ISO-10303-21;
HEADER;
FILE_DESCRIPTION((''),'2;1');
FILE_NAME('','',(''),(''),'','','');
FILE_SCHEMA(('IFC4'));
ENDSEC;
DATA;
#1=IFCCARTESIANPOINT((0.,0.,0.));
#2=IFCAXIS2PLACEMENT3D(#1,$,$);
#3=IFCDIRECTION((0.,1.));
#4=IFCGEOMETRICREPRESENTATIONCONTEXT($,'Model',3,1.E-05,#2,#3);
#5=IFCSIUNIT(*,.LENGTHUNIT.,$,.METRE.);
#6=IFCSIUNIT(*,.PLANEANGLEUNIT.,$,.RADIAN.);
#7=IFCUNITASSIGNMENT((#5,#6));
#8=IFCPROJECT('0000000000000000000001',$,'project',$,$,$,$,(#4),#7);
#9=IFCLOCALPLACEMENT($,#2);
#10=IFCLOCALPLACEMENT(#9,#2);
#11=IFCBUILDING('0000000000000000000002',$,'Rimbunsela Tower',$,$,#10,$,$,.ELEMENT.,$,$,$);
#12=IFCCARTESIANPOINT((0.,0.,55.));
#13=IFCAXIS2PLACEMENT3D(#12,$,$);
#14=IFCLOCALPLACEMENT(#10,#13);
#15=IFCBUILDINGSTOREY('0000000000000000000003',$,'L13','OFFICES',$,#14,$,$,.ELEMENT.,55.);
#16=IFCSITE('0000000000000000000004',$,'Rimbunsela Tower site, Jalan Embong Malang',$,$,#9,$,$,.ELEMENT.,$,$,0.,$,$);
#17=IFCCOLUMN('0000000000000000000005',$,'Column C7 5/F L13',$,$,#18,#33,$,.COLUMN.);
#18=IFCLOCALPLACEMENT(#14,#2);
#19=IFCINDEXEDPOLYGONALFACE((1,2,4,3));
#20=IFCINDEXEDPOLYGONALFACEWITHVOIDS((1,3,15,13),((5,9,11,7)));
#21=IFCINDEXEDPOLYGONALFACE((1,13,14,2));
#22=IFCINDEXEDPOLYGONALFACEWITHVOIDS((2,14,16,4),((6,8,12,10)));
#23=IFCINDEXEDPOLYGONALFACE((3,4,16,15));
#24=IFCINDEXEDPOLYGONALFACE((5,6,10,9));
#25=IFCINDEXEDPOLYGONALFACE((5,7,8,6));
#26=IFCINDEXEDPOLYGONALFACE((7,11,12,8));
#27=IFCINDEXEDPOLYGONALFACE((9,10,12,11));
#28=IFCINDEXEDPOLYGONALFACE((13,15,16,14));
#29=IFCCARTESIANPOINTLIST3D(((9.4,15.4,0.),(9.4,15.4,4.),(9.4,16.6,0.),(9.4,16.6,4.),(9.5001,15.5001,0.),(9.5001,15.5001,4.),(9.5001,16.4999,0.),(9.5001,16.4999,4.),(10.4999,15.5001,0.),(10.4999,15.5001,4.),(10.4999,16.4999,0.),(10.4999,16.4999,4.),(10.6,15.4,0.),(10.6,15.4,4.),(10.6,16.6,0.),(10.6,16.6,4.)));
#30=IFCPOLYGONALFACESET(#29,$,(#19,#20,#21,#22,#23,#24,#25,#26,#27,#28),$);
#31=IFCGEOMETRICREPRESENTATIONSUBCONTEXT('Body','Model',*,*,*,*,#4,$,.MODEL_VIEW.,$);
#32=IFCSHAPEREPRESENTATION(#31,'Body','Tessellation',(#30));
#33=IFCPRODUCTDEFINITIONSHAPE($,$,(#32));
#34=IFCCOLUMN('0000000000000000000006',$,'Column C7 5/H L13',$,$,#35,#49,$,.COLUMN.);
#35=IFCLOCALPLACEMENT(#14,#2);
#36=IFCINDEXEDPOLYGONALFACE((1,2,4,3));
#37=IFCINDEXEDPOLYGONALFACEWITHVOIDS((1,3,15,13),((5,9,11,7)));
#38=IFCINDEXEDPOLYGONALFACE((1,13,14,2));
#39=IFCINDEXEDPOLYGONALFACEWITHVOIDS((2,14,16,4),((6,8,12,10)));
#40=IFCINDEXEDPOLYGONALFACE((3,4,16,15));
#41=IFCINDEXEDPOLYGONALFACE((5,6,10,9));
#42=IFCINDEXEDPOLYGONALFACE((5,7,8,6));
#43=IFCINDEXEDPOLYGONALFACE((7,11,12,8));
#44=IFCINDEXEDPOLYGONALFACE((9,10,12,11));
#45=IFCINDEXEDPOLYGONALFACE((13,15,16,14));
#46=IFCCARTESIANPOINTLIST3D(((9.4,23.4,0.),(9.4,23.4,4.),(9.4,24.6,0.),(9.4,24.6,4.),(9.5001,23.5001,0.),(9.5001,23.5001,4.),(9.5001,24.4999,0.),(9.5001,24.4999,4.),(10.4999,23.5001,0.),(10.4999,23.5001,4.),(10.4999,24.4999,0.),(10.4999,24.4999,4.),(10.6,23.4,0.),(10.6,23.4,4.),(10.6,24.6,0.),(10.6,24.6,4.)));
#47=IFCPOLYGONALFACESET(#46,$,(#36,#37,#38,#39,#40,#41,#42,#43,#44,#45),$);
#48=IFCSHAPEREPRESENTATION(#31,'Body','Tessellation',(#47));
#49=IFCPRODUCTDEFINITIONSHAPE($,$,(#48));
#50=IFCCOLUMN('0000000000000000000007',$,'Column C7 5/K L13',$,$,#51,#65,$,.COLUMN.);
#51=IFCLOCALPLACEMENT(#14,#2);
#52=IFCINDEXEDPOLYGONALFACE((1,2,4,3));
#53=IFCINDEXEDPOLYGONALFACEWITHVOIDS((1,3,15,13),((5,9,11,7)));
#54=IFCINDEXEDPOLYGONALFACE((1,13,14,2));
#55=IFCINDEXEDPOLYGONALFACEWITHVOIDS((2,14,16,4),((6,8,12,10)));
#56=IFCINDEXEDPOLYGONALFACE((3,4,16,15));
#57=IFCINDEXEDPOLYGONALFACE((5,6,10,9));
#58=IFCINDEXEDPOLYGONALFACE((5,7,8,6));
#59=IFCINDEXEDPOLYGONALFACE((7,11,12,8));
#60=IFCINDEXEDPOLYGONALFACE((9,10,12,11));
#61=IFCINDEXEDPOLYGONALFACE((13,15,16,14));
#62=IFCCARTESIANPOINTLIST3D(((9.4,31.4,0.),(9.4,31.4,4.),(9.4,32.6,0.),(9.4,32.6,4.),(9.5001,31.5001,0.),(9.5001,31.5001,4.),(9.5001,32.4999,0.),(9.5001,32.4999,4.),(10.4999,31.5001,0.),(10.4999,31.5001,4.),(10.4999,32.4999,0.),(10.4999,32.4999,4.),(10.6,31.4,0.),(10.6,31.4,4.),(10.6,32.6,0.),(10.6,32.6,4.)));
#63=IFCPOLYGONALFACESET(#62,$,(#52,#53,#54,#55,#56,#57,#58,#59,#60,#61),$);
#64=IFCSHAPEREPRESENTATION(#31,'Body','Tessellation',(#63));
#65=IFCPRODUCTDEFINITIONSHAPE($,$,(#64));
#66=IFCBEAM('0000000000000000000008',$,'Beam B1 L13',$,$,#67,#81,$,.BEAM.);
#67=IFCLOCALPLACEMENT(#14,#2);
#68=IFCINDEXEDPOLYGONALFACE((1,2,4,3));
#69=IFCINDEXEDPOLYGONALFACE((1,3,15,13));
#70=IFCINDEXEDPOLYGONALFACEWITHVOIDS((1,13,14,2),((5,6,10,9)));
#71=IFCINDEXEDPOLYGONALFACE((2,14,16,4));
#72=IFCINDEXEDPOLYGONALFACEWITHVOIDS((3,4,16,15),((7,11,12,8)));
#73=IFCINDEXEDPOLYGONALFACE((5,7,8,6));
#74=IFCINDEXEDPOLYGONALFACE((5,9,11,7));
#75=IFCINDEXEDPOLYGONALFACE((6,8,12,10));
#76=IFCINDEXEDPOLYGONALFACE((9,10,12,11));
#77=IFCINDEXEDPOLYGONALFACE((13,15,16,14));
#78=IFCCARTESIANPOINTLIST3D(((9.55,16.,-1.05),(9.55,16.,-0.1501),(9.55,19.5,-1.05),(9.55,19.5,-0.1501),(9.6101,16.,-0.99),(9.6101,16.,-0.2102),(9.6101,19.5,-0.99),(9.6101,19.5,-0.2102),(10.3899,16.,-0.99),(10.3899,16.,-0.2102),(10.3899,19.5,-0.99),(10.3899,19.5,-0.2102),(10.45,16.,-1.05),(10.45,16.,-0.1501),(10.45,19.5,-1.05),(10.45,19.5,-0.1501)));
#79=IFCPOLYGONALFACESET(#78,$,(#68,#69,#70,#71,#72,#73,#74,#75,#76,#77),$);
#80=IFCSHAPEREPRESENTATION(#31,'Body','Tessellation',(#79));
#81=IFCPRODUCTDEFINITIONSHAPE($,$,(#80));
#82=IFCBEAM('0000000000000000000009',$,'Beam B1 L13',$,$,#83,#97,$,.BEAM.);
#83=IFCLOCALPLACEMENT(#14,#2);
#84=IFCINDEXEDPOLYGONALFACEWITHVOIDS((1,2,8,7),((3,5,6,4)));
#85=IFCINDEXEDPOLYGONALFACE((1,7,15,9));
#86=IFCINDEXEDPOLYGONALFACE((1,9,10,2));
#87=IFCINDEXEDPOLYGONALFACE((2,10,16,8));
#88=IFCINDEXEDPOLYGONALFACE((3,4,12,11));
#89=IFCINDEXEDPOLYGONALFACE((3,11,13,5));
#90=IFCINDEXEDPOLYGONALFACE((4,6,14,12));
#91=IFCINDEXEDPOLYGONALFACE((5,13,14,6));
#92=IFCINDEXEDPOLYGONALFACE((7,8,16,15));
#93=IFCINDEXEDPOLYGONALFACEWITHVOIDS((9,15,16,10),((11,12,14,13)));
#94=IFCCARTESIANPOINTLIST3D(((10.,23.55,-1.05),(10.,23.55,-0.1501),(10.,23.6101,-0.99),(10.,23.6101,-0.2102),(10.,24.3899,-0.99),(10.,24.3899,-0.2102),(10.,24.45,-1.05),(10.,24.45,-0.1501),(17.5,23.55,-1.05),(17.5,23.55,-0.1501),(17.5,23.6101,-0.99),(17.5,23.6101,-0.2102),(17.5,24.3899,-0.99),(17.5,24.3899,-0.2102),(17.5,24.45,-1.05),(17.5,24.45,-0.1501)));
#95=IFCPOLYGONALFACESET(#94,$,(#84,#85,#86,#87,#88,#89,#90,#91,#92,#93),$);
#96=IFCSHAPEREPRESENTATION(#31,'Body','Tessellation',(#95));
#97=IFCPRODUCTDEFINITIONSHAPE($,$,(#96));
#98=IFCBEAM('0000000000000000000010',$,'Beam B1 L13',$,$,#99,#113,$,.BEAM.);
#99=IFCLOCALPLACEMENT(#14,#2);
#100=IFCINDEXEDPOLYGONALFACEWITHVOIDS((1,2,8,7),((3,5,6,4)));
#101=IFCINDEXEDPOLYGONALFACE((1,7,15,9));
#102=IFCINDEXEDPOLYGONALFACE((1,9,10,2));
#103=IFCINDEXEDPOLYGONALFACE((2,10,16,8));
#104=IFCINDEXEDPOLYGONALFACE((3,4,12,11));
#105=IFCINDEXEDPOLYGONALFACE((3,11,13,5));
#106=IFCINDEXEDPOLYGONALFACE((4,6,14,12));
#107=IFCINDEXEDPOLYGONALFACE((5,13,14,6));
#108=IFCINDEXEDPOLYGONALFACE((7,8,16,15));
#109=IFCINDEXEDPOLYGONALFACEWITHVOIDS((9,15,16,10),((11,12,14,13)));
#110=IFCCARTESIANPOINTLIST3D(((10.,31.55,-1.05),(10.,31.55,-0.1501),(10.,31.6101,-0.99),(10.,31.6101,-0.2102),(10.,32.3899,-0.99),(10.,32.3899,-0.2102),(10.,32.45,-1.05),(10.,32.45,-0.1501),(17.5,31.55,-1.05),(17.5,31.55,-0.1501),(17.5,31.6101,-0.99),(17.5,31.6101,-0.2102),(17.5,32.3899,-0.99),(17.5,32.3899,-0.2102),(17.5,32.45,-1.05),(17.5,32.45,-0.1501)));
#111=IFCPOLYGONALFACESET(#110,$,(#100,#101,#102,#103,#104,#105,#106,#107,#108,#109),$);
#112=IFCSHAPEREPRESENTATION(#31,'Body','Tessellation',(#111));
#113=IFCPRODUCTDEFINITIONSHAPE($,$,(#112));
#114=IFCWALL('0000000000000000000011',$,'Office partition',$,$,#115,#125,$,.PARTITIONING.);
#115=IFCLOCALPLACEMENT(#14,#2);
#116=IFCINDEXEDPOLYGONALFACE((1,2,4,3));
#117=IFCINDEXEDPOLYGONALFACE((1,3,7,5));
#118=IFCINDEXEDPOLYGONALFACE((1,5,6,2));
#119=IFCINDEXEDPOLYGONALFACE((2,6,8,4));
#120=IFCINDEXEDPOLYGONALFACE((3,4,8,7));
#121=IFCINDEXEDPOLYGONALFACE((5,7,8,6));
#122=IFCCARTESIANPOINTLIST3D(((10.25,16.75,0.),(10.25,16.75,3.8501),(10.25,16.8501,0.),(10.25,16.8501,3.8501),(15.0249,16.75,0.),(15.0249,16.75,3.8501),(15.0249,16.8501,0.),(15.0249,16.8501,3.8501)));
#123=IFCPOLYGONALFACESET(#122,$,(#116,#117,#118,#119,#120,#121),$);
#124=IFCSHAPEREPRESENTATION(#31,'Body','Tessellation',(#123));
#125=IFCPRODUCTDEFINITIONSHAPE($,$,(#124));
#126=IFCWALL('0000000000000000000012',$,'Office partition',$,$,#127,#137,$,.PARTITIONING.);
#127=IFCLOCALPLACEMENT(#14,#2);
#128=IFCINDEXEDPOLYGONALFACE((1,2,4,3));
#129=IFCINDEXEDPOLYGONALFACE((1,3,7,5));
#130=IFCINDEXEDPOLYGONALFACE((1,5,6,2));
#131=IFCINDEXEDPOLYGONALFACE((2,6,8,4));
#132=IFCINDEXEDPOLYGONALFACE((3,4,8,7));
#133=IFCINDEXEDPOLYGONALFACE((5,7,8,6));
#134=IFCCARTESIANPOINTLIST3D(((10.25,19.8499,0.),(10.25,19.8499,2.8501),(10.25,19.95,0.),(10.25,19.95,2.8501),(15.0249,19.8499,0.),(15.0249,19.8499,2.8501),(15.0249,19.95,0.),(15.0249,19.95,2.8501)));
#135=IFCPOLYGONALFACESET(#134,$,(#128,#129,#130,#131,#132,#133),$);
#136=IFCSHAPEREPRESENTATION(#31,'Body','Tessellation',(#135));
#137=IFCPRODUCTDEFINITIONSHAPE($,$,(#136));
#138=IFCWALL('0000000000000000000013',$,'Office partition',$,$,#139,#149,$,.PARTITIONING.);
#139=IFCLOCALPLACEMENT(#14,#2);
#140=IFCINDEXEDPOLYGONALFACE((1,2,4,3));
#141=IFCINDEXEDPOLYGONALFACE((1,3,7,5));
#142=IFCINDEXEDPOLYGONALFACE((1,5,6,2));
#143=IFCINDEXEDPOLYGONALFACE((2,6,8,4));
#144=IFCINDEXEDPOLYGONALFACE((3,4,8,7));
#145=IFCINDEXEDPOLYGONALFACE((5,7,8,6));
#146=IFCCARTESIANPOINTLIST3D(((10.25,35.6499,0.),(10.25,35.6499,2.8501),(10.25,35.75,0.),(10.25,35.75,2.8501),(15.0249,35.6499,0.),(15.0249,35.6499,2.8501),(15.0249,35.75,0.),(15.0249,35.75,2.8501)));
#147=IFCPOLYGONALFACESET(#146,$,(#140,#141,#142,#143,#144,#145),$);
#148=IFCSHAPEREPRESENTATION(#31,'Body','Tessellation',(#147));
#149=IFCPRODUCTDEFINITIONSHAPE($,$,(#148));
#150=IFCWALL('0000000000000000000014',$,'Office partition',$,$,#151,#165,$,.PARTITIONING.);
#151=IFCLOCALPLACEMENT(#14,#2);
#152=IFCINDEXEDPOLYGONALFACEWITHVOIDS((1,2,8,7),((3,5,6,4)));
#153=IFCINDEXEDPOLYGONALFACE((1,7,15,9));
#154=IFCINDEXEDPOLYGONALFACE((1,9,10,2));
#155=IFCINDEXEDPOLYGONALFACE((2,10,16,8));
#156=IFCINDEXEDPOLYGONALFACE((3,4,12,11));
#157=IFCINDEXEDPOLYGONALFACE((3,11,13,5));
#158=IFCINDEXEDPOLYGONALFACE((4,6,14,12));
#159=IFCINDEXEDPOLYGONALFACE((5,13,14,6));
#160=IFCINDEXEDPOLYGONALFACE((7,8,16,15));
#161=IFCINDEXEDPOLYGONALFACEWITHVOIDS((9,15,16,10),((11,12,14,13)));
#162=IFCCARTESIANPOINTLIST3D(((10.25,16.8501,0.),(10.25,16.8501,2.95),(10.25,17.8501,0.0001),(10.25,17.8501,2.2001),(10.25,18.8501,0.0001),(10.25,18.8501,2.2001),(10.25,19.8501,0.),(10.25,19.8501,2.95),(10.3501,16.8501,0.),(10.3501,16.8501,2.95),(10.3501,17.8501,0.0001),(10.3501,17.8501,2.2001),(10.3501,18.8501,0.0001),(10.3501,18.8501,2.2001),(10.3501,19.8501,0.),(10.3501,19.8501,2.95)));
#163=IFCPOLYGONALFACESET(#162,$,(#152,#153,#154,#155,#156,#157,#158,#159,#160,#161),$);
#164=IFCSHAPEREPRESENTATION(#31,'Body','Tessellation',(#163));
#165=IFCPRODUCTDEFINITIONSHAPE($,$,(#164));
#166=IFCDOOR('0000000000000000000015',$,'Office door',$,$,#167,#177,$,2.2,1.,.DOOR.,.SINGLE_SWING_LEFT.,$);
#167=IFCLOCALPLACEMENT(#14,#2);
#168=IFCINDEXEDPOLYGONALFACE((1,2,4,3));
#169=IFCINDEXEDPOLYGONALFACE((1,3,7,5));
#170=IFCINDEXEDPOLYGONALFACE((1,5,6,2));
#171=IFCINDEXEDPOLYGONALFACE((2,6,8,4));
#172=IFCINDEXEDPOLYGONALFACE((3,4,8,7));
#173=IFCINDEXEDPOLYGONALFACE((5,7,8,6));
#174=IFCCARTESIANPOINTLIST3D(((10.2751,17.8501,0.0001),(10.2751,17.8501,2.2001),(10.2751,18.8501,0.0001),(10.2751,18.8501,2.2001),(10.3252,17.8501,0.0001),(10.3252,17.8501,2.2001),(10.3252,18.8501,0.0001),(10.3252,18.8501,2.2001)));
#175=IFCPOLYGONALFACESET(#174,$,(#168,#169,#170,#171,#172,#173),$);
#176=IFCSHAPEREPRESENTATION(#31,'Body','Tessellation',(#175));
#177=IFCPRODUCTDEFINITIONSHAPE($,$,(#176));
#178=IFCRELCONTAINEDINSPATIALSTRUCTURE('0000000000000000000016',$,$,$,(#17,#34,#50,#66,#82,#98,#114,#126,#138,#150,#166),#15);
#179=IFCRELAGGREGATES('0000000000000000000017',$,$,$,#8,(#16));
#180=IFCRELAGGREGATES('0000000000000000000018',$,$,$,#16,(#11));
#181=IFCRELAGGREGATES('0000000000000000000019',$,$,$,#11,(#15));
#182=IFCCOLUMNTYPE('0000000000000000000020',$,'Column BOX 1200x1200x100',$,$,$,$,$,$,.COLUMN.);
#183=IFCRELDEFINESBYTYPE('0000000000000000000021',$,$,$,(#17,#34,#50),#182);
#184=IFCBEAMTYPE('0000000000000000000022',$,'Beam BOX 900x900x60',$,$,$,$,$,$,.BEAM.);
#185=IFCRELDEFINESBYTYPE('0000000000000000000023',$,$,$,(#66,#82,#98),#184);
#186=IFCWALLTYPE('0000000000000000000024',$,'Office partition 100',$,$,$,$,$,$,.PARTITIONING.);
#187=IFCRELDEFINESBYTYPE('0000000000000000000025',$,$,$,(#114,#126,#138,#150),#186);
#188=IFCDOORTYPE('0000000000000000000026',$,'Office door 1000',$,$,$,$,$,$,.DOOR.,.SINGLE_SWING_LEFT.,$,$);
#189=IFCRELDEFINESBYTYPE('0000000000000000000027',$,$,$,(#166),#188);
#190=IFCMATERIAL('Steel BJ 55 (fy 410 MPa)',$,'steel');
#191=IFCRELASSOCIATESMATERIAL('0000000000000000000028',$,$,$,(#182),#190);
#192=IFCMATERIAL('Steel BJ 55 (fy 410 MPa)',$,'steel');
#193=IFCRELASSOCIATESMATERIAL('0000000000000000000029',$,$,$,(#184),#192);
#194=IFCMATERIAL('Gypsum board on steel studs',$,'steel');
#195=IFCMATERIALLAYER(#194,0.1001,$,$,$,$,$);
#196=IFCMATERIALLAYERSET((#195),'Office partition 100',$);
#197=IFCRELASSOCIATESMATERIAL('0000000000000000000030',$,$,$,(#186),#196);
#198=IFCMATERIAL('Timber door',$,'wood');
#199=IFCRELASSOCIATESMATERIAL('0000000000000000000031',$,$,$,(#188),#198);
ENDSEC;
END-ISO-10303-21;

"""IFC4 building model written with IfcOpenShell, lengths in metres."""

from ifc_helpers import new_model, si_unit, direction, frame, frame_2d, origin, origin_2d, place, context, subcontext, project, spatial, rectangle, hollow_rectangle, extrude, material, layer, layer_set, material_profile, profile_set, type_object, element, fill, save


model = new_model("IFC4")

# Units and contexts
model_context = context("Model", 3, precision=1e-05, world=origin(), true_north=direction((0.0, 1.0)))
body_context = subcontext(model_context, "Body", "Model", "MODEL_VIEW")
ifc_project = project(units=[si_unit("LENGTHUNIT", "METRE"), si_unit("PLANEANGLEUNIT", "RADIAN")], contexts=[model_context])

# Site, building, storey
site_placement = place(None, origin())
site = spatial("IfcSite", under=ifc_project, at=site_placement, Name="Rimbunsela Tower site, Jalan Embong Malang", CompositionType="ELEMENT", RefElevation=0.0)
building_placement = place(site_placement, origin())
building = spatial("IfcBuilding", under=site, at=building_placement, Name="Rimbunsela Tower", CompositionType="ELEMENT")
storey_placement = place(building_placement, frame((0.0, 0.0, 55.0)))
storey = spatial("IfcBuildingStorey", under=building, at=storey_placement, Name="L13", Description="OFFICES", CompositionType="ELEMENT", Elevation=55.0)

# Columns
ifc_material_1 = material(Name="Steel BJ 55 (fy 410 MPa)", Category="steel")
ifc_material_profile_1 = material_profile(ifc_material_1, hollow_rectangle(XDim=1.2, YDim=1.2, WallThickness=0.1001, at=origin_2d()), Name="BOX 1200x1200x100")
ifc_profile_set_1 = profile_set([ifc_material_profile_1], Name="Steel BJ 55 (fy 410 MPa)")
column_type = type_object("IfcColumnType", Name="Column BOX 1200x1200x100", PredefinedType="COLUMN", material=ifc_profile_set_1)
for number, where, z_axis, x_axis, name in (
    (1, (10.0, 16.0, 0.0), (0.0, 0.0, 1.0), (1.0, 0.0, 0.0), "Column C7 5/F L13"),
    (2, (10.0, 24.0, 0.0), (0.0, 0.0, 1.0), (1.0, 0.0, 0.0), "Column C7 5/H L13"),
    (3, (10.0, 32.0, 0.0), (0.0, 0.0, 1.0), (1.0, 0.0, 0.0), "Column C7 5/K L13"),
):
    element("IfcColumn", number, at=place(storey_placement, frame(where, z_axis=z_axis, x_axis=x_axis)), inside=storey, type_object=column_type, Name=name, PredefinedType="COLUMN", context=body_context, shape_type="SweptSolid", body=[
        extrude(hollow_rectangle(XDim=1.2, YDim=1.2, WallThickness=0.1001, at=origin_2d()), origin(), (0.0, 0.0, 1.0), 4.0),
    ])

# Beams
ifc_material_2 = material(Name="Steel BJ 55 (fy 410 MPa)", Category="steel")
ifc_material_profile_2 = material_profile(ifc_material_2, hollow_rectangle(XDim=0.8999, YDim=0.8999, WallThickness=0.0601, at=origin_2d()), Name="BOX 900x900x60")
ifc_profile_set_2 = profile_set([ifc_material_profile_2], Name="Steel BJ 55 (fy 410 MPa)")
beam_type = type_object("IfcBeamType", Name="Beam BOX 900x900x60", PredefinedType="BEAM", material=ifc_profile_set_2)
beam_placement = place(storey_placement, frame((10.0, 16.0, -0.6001), z_axis=(0.0, 1.0, 0.0), x_axis=(-1.0, 0.0, 0.0)))
element("IfcBeam", 4, at=beam_placement, inside=storey, type_object=beam_type, Name="Beam B1 L13", PredefinedType="BEAM", context=body_context, shape_type="SweptSolid", body=[
    extrude(hollow_rectangle(XDim=0.8999, YDim=0.8999, WallThickness=0.0601, at=origin_2d()), origin(), (0.0, 0.0, 1.0), 3.5),
])
for number, where, z_axis, x_axis, name in (
    (5, (10.0, 24.0, -0.6001), (1.0, 0.0, 0.0), (0.0, 1.0, 0.0), "Beam B1 L13"),
    (6, (10.0, 32.0, -0.6001), (1.0, 0.0, 0.0), (0.0, 1.0, 0.0), "Beam B1 L13"),
):
    element("IfcBeam", number, at=place(storey_placement, frame(where, z_axis=z_axis, x_axis=x_axis)), inside=storey, type_object=beam_type, Name=name, PredefinedType="BEAM", context=body_context, shape_type="SweptSolid", body=[
        extrude(hollow_rectangle(XDim=0.8999, YDim=0.8999, WallThickness=0.0601, at=origin_2d()), origin(), (0.0, 0.0, 1.0), 7.5),
    ])

# Walls
ifc_material_3 = material(Name="Gypsum board on steel studs", Category="steel")
ifc_layer_1 = layer(ifc_material_3, 0.1001)
ifc_layer_set_1 = layer_set([ifc_layer_1], Name="Office partition 100")
wall_type_1 = type_object("IfcWallType", Name="Office partition 100", PredefinedType="PARTITIONING", material=ifc_layer_set_1)
wall_1_placement = place(storey_placement, frame((10.25, 16.8, 0.0), z_axis=(0.0, 0.0, 1.0), x_axis=(1.0, 0.0, 0.0)))
element("IfcWall", 7, at=wall_1_placement, inside=storey, type_object=wall_type_1, Name="Office partition", PredefinedType="PARTITIONING", context=body_context, shape_type="SweptSolid", body=[
    extrude(rectangle(XDim=4.7749, YDim=0.1001, at=frame_2d((2.3875, 0.0))), origin(), (0.0, 0.0, 1.0), 3.8501),
])
for number, where, z_axis, x_axis, name in (
    (8, (10.25, 19.8999, 0.0), (0.0, 0.0, 1.0), (1.0, 0.0, 0.0), "Office partition"),
    (9, (10.25, 35.7, 0.0), (0.0, 0.0, 1.0), (1.0, 0.0, 0.0), "Office partition"),
):
    element("IfcWall", number, at=place(storey_placement, frame(where, z_axis=z_axis, x_axis=x_axis)), inside=storey, type_object=wall_type_1, Name=name, PredefinedType="PARTITIONING", context=body_context, shape_type="SweptSolid", body=[
        extrude(rectangle(XDim=4.7749, YDim=0.1001, at=frame_2d((2.3875, 0.0))), origin(), (0.0, 0.0, 1.0), 2.8501),
    ])

# Wall, opening, door
wall_2_placement = place(storey_placement, frame((10.3, 16.8501, 0.0), z_axis=(0.0, 0.0, 1.0), x_axis=(0.0, 1.0, 0.0)))
wall_2 = element("IfcWall", 10, at=wall_2_placement, inside=storey, type_object=wall_type_1, Name="Office partition", PredefinedType="PARTITIONING", context=body_context, shape_type="SweptSolid", body=[
    extrude(rectangle(XDim=3.0, YDim=0.1001, at=frame_2d((1.5, 0.0))), origin(), (0.0, 0.0, 1.0), 2.95),
])
opening_1_placement = place(wall_2_placement, frame((1.0, 0.0, 0.0)))
opening_1 = element("IfcOpeningElement", 11, at=opening_1_placement, cuts=wall_2, PredefinedType="OPENING", context=body_context, shape_type="SweptSolid", body=[
    extrude(rectangle(XDim=1.0, YDim=2.2, at=frame_2d((0.5, 1.1001))), frame((0.0, 0.0601, 0.0), z_axis=(0.0, -1.0, 0.0), x_axis=(1.0, 0.0, 0.0)), (0.0, 0.0, 1.0), 0.1201),
])
ifc_material_4 = material(Name="Timber door", Category="wood")
door_type = type_object("IfcDoorType", Name="Office door 1000", OperationType="SINGLE_SWING_LEFT", PredefinedType="DOOR", material=ifc_material_4)
door_1_placement = place(opening_1_placement, origin())
door_1 = element("IfcDoor", 12, at=door_1_placement, inside=storey, type_object=door_type, Name="Office door", OperationType="SINGLE_SWING_LEFT", OverallHeight=2.2, OverallWidth=1.0, PredefinedType="DOOR", context=body_context, shape_type="SweptSolid", body=[
    extrude(rectangle(XDim=1.0, YDim=2.2, at=frame_2d((0.5, 1.1001))), frame((0.0, 0.0249, 0.0), z_axis=(0.0, -1.0, 0.0), x_axis=(1.0, 0.0, 0.0)), (0.0, 0.0, 1.0), 0.05),
])
fill(opening_1, door_1)

save(model, "model.ifc")
